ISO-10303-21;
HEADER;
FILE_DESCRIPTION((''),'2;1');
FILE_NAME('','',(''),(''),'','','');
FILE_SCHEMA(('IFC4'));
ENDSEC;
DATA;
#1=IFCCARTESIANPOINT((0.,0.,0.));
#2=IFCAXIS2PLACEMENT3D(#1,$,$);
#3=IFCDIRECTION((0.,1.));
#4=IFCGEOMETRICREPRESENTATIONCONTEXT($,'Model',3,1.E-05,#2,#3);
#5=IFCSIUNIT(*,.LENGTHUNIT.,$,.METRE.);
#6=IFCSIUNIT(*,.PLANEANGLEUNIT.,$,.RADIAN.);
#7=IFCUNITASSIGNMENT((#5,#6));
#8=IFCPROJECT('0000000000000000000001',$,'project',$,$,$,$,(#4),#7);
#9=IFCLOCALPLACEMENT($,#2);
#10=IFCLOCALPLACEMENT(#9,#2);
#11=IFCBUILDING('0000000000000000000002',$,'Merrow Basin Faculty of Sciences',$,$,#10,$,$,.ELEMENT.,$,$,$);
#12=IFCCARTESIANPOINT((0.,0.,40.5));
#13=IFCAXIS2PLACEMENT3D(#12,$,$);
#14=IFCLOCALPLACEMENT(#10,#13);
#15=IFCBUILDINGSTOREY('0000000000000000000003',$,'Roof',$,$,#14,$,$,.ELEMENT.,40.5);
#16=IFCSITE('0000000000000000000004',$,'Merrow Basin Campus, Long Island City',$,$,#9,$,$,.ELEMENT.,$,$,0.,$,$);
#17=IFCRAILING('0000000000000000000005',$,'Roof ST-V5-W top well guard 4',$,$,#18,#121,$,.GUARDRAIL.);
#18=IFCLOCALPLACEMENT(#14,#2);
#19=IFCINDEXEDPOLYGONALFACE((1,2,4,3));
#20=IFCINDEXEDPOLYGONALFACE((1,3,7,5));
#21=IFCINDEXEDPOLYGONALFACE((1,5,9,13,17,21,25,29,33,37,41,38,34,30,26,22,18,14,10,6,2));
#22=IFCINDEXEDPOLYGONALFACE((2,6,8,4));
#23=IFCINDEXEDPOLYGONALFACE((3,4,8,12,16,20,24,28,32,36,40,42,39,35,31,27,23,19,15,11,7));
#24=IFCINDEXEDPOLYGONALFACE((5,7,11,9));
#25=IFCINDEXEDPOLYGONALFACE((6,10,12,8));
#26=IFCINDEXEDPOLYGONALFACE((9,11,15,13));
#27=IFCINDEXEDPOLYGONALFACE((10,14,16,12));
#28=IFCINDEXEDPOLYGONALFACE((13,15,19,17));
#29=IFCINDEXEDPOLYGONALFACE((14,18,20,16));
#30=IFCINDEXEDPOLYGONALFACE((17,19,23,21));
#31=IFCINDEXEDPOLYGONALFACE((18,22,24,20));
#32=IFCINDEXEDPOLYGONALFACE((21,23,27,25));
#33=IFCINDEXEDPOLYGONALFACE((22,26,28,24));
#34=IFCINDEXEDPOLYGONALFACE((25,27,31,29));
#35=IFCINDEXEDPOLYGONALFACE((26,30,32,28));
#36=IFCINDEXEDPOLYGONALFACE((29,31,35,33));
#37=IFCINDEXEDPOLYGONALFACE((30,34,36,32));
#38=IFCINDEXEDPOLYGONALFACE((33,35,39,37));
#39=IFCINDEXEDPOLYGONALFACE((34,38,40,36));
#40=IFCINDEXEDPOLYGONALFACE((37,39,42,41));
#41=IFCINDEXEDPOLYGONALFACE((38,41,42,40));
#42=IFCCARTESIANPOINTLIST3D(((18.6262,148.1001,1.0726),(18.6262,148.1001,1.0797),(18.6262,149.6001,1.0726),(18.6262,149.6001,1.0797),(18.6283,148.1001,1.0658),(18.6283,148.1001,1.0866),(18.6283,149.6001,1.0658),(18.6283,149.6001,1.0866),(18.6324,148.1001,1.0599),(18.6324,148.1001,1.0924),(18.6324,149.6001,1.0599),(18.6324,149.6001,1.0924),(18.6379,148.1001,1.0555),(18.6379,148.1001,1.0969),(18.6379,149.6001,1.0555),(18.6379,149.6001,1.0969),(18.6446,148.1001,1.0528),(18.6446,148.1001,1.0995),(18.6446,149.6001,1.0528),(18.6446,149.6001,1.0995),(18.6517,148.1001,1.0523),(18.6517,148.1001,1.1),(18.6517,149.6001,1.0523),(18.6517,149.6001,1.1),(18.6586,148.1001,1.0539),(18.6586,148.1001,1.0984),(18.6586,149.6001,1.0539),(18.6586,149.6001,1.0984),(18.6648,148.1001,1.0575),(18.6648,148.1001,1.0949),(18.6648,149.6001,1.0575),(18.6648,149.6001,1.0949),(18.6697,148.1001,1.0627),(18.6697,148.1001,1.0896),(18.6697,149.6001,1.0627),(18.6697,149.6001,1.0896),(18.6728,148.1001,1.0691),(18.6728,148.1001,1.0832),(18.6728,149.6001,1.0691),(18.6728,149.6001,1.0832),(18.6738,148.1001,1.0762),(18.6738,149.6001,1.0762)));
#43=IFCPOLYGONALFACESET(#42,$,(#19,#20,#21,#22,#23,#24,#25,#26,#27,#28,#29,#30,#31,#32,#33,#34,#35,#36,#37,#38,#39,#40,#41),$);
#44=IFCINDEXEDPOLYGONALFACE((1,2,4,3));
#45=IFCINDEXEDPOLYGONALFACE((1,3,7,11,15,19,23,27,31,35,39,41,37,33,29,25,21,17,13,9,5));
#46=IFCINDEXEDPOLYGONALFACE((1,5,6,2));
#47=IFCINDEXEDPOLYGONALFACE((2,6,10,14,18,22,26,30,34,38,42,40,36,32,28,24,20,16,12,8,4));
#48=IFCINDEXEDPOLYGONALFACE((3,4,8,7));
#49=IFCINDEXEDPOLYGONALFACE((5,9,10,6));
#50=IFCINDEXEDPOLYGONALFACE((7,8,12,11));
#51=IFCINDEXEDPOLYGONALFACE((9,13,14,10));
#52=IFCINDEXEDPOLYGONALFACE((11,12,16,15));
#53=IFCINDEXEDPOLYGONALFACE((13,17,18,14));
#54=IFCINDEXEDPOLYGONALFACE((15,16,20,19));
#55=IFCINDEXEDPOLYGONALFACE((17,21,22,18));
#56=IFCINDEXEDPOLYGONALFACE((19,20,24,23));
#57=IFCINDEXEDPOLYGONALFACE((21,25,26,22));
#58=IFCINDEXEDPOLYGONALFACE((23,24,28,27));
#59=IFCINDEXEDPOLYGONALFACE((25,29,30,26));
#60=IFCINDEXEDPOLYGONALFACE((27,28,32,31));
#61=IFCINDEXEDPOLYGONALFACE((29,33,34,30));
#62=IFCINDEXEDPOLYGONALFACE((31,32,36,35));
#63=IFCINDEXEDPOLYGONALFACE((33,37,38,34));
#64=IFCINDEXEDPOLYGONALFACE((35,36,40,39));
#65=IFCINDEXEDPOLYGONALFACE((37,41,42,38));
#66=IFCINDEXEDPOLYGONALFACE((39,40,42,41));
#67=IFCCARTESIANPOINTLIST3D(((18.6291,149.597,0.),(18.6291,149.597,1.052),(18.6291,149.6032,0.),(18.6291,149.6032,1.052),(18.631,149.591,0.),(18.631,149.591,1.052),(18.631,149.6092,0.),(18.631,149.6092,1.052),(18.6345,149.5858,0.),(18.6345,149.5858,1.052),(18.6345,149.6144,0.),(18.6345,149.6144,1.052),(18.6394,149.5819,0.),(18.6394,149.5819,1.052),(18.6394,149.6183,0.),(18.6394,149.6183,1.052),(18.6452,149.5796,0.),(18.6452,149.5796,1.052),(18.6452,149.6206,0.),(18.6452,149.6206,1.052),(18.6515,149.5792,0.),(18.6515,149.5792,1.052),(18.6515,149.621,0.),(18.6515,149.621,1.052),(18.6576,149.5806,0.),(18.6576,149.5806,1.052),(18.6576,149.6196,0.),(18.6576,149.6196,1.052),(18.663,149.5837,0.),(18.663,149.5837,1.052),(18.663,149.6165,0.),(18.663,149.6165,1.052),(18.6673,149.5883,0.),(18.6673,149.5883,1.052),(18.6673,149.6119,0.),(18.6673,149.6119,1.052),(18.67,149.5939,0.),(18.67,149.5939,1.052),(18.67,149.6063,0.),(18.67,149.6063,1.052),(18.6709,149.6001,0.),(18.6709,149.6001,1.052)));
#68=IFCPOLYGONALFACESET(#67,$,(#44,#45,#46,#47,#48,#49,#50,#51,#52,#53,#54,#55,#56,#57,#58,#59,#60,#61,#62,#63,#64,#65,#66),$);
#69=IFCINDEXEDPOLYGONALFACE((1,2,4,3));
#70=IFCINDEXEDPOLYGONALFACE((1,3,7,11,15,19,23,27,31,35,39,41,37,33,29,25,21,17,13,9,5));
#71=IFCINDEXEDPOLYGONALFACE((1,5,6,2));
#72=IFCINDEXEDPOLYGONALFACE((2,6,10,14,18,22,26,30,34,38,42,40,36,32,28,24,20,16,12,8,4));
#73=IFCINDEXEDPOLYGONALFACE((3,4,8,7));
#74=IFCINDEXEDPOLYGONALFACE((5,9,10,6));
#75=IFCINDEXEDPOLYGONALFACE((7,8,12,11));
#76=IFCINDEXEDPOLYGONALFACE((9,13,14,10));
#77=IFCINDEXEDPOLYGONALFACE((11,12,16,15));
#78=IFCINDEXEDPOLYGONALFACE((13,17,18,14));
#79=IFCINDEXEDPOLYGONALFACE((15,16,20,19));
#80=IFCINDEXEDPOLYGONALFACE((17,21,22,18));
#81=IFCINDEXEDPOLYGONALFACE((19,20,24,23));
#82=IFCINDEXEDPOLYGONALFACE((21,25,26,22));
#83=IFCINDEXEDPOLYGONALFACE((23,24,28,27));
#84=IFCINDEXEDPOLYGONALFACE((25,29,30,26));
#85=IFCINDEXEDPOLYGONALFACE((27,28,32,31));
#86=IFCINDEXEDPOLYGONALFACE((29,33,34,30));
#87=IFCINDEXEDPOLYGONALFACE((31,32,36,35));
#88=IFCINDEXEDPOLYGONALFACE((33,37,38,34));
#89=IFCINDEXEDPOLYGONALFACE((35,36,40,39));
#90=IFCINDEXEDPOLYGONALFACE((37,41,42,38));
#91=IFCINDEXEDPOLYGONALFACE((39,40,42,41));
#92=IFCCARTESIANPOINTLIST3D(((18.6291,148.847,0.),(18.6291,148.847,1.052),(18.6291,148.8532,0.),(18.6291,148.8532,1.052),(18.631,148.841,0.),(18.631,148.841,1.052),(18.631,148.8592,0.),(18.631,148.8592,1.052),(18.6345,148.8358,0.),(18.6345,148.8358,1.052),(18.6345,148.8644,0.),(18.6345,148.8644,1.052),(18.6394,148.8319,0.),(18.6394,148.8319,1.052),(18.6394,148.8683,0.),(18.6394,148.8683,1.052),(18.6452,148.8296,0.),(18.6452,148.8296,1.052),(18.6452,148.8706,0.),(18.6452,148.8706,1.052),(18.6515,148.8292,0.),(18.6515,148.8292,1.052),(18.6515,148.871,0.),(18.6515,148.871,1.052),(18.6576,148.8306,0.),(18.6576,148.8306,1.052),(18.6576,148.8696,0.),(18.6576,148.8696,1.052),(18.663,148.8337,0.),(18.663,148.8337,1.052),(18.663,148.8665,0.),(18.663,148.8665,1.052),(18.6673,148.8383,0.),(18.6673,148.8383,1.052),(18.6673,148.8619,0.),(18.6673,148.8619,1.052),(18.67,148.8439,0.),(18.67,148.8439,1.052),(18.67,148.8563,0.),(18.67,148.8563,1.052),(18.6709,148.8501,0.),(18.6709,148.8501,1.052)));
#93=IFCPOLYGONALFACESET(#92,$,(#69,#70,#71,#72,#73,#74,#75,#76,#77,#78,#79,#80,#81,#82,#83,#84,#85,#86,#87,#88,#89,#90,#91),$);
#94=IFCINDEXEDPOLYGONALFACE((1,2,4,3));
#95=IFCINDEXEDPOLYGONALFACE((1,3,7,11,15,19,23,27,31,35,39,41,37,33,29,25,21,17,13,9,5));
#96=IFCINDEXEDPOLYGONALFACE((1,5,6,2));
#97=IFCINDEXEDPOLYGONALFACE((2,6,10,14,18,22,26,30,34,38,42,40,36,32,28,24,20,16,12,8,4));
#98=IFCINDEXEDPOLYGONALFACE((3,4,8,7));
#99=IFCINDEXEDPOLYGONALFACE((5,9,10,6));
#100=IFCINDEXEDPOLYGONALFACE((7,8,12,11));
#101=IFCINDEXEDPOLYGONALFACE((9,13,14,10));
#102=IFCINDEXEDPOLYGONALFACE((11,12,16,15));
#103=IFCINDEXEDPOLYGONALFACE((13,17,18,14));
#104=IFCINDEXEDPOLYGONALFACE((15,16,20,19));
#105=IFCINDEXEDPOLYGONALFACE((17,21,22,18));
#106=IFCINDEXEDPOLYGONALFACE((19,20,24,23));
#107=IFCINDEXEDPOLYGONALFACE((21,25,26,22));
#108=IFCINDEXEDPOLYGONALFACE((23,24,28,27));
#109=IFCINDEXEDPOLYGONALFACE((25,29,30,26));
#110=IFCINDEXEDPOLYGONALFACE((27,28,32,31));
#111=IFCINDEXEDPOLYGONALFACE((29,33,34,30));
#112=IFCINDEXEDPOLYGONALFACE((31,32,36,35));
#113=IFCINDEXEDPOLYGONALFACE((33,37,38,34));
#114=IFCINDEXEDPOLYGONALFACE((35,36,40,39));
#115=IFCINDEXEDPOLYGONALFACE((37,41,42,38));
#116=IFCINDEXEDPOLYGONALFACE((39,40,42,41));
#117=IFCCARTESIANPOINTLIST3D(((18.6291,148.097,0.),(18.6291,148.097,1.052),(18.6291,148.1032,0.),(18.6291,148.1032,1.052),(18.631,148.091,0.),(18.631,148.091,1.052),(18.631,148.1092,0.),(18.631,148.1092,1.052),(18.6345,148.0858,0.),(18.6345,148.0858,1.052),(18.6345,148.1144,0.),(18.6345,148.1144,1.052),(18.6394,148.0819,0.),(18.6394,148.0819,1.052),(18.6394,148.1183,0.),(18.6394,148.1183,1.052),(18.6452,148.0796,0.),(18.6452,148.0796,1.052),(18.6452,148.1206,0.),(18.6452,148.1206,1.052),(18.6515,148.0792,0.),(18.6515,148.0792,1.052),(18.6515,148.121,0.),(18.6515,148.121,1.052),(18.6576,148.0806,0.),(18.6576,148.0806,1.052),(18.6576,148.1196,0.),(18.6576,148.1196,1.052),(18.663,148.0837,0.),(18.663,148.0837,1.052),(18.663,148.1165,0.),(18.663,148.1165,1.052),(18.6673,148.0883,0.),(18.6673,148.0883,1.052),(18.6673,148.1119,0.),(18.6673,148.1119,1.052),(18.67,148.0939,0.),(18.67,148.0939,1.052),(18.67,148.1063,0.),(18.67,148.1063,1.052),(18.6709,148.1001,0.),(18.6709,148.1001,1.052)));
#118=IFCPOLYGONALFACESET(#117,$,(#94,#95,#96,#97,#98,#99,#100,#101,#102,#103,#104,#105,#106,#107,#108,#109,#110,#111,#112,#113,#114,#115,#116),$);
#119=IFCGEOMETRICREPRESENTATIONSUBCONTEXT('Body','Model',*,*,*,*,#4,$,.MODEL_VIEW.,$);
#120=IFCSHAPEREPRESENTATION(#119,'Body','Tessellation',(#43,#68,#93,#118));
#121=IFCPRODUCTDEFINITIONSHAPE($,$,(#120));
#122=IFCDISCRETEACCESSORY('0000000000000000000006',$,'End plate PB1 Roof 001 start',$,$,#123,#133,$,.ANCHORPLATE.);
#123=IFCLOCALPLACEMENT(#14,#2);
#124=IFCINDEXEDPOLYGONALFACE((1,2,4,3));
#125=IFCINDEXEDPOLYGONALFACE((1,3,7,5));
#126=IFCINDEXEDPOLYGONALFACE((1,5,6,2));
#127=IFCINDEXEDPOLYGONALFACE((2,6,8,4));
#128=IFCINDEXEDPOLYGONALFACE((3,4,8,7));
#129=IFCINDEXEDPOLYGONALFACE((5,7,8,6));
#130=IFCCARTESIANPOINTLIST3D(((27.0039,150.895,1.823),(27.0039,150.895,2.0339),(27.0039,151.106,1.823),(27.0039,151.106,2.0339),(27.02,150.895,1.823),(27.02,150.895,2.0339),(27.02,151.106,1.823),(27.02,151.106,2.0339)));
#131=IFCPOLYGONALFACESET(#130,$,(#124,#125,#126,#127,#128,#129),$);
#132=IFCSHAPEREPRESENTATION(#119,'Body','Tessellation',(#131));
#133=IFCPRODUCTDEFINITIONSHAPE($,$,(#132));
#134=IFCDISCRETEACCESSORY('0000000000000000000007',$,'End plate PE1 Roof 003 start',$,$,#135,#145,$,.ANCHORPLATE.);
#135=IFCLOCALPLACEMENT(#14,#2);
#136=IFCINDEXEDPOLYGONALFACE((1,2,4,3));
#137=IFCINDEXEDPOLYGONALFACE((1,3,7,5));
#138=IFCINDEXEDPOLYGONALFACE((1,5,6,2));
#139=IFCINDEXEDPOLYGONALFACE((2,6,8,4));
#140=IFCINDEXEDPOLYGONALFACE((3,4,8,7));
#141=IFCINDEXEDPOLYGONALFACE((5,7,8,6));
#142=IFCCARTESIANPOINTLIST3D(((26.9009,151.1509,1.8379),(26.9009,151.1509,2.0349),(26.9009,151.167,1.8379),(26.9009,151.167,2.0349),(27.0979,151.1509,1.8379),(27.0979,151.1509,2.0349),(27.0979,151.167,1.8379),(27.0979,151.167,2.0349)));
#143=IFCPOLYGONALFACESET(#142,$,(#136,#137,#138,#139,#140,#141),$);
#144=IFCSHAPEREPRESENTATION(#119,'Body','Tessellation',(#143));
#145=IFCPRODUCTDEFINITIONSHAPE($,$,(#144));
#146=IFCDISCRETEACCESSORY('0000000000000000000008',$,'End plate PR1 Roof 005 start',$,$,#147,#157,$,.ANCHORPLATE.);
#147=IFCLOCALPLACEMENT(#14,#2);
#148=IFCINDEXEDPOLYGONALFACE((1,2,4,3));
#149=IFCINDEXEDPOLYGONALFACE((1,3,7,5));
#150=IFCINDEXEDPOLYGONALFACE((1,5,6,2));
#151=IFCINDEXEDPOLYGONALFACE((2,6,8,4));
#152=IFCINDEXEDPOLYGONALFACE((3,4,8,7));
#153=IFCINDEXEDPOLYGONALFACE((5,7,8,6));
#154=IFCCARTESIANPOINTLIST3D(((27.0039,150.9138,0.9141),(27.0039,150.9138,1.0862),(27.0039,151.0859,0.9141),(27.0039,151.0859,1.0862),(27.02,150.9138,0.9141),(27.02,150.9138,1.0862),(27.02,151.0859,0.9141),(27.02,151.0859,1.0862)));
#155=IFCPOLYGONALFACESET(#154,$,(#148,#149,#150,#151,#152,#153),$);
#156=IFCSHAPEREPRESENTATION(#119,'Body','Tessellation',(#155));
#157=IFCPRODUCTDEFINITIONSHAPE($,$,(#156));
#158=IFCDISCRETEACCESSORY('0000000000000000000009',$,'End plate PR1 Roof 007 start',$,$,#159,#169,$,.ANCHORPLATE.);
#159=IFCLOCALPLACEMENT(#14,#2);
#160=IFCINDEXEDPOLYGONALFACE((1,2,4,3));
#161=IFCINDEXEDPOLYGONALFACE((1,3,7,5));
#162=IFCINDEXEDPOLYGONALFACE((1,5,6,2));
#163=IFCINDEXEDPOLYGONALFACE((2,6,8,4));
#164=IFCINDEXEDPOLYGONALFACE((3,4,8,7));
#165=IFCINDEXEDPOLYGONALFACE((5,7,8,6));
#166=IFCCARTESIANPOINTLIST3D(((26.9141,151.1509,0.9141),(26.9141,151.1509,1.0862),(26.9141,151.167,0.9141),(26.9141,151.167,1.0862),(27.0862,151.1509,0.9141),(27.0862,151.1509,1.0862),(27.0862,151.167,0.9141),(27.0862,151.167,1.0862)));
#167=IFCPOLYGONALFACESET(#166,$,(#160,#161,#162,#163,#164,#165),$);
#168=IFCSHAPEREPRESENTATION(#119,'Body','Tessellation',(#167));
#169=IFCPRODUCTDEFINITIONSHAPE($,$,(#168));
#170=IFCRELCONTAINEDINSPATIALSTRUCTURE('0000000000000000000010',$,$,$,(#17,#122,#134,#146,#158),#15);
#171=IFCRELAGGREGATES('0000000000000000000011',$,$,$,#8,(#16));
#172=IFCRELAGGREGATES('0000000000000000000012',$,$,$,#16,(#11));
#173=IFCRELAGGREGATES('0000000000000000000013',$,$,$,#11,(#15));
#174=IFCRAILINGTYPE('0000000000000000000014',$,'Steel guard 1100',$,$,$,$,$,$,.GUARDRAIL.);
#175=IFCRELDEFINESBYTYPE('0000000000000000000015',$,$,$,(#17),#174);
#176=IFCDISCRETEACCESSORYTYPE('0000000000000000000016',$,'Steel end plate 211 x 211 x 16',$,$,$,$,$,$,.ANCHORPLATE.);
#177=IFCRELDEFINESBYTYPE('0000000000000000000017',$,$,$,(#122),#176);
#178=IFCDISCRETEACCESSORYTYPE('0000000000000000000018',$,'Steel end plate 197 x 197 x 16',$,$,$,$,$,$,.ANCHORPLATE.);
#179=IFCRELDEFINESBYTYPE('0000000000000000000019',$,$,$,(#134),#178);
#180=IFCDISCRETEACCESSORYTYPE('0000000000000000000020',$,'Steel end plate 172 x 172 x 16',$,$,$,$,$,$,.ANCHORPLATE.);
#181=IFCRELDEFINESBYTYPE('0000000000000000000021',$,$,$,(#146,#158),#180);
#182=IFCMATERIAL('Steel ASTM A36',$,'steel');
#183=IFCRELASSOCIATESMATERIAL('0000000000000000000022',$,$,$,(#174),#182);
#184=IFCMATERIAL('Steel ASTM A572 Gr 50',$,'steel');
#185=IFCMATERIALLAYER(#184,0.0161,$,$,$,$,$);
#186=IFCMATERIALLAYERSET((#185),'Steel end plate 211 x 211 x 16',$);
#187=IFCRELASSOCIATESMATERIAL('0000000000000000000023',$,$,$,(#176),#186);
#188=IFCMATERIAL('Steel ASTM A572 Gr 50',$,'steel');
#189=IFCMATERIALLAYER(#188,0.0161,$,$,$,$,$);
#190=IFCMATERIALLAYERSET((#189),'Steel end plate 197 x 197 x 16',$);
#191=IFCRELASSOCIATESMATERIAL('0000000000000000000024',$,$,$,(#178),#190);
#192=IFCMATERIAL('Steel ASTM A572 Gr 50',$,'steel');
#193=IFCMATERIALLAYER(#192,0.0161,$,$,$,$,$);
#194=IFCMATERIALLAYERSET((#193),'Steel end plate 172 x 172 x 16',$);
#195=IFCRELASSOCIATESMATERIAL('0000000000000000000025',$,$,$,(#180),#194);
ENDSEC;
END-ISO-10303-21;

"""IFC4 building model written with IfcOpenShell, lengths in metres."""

from ifc_helpers import new_model, si_unit, direction, frame, origin, origin_2d, place, context, subcontext, project, spatial, polyline, circle, outline, extrude, source, transform, mapped, material, layer, layer_set, type_object, element, save


model = new_model("IFC4")

# Units and contexts
model_context = context("Model", 3, precision=1e-05, world=origin(), true_north=direction((0.0, 1.0)))
body_context = subcontext(model_context, "Body", "Model", "MODEL_VIEW")
ifc_project = project(units=[si_unit("LENGTHUNIT", "METRE"), si_unit("PLANEANGLEUNIT", "RADIAN")], contexts=[model_context])

# Site, building, storey
site_placement = place(None, origin())
site = spatial("IfcSite", under=ifc_project, at=site_placement, Name="Merrow Basin Campus, Long Island City", CompositionType="ELEMENT", RefElevation=0.0)
building_placement = place(site_placement, origin())
building = spatial("IfcBuilding", under=site, at=building_placement, Name="Merrow Basin Faculty of Sciences", CompositionType="ELEMENT")
storey_placement = place(building_placement, frame((0.0, 0.0, 40.5)))
storey = spatial("IfcBuildingStorey", under=building, at=storey_placement, Name="Roof", CompositionType="ELEMENT", Elevation=40.5)

# Railing
ifc_material_1 = material(Name="Steel ASTM A36", Category="steel")
railing_type = type_object("IfcRailingType", Name="Steel guard 1100", PredefinedType="GUARDRAIL", material=ifc_material_1)
railing_1_placement = place(storey_placement, frame((18.6499, 149.6001, 0.0)))
element("IfcRailing", 1, at=railing_1_placement, inside=storey, type_object=railing_type, Name="Roof ST-V5-W top well guard 4", PredefinedType="GUARDRAIL", context=body_context, shape_type="SweptSolid", body=[
    extrude(circle(Radius=0.0239, at=origin_2d()), frame((0.0, 0.0, 1.0762), z_axis=(0.0, -1.0, 0.0), x_axis=(1.0, 0.0, 0.0)), (0.0, 0.0, 1.0), 1.5),
    extrude(circle(Radius=0.021, at=origin_2d()), origin(), (0.0, 0.0, 1.0), 1.052),
    extrude(circle(Radius=0.021, at=origin_2d()), frame((0.0, -0.75, 0.0)), (0.0, 0.0, 1.0), 1.052),
    extrude(circle(Radius=0.021, at=origin_2d()), frame((0.0, -1.5, 0.0)), (0.0, 0.0, 1.0), 1.052),
])

# Discrete accessories
ifc_material_2 = material(Name="Steel ASTM A572 Gr 50", Category="steel")
ifc_layer_1 = layer(ifc_material_2, 0.0161)
ifc_layer_set_1 = layer_set([ifc_layer_1], Name="Steel end plate 211 x 211 x 16")
discrete_accessory_type_1 = type_object("IfcDiscreteAccessoryType", Name="Steel end plate 211 x 211 x 16", PredefinedType="ANCHORPLATE", material=ifc_layer_set_1)
shared_shape_1 = source(origin(), body_context, "Body", "SweptSolid", [
    extrude(outline(polyline([(0.0, 0.0), (0.2109, 0.0), (0.2109, 0.2109), (0.0, 0.2109), (0.0, 0.0)])), origin(), (0.0, 0.0, 1.0), 0.0161),
])
discrete_accessory_1_placement = place(storey_placement, frame((27.02, 151.106, 1.823), z_axis=(-1.0, 0.0, 0.0), x_axis=(0.0, -1.0, 0.0)))
element("IfcDiscreteAccessory", 2, at=discrete_accessory_1_placement, inside=storey, type_object=discrete_accessory_type_1, Name="End plate PB1 Roof 001 start", PredefinedType="ANCHORPLATE", context=body_context, shape_type="MappedRepresentation", body=[
    mapped(shared_shape_1, transform((0.0, 0.0, 0.0), scale=1.0)),
])
ifc_material_3 = material(Name="Steel ASTM A572 Gr 50", Category="steel")
ifc_layer_2 = layer(ifc_material_3, 0.0161)
ifc_layer_set_2 = layer_set([ifc_layer_2], Name="Steel end plate 197 x 197 x 16")
discrete_accessory_type_2 = type_object("IfcDiscreteAccessoryType", Name="Steel end plate 197 x 197 x 16", PredefinedType="ANCHORPLATE", material=ifc_layer_set_2)
shared_shape_2 = source(origin(), body_context, "Body", "SweptSolid", [
    extrude(outline(polyline([(0.0, 0.0), (0.197, 0.0), (0.197, 0.197), (0.0, 0.197), (0.0, 0.0)])), origin(), (0.0, 0.0, 1.0), 0.0161),
])
discrete_accessory_2_placement = place(storey_placement, frame((26.9009, 151.167, 1.8379), z_axis=(0.0, -1.0, 0.0), x_axis=(1.0, 0.0, 0.0)))
element("IfcDiscreteAccessory", 3, at=discrete_accessory_2_placement, inside=storey, type_object=discrete_accessory_type_2, Name="End plate PE1 Roof 003 start", PredefinedType="ANCHORPLATE", context=body_context, shape_type="MappedRepresentation", body=[
    mapped(shared_shape_2, transform((0.0, 0.0, 0.0), scale=1.0)),
])
ifc_material_4 = material(Name="Steel ASTM A572 Gr 50", Category="steel")
ifc_layer_3 = layer(ifc_material_4, 0.0161)
ifc_layer_set_3 = layer_set([ifc_layer_3], Name="Steel end plate 172 x 172 x 16")
discrete_accessory_type_3 = type_object("IfcDiscreteAccessoryType", Name="Steel end plate 172 x 172 x 16", PredefinedType="ANCHORPLATE", material=ifc_layer_set_3)
shared_shape_3 = source(origin(), body_context, "Body", "SweptSolid", [
    extrude(outline(polyline([(0.0, 0.0), (0.1721, 0.0), (0.1721, 0.1721), (0.0, 0.1721), (0.0, 0.0)])), origin(), (0.0, 0.0, 1.0), 0.0161),
])
for number, where, z_axis, x_axis, name in (
    (4, (27.02, 151.0859, 0.9141), (-1.0, 0.0, 0.0), (0.0, -1.0, 0.0), "End plate PR1 Roof 005 start"),
    (5, (26.9141, 151.167, 0.9141), (0.0, -1.0, 0.0), (1.0, 0.0, 0.0), "End plate PR1 Roof 007 start"),
):
    element("IfcDiscreteAccessory", number, at=place(storey_placement, frame(where, z_axis=z_axis, x_axis=x_axis)), inside=storey, type_object=discrete_accessory_type_3, Name=name, PredefinedType="ANCHORPLATE", context=body_context, shape_type="MappedRepresentation", body=[
        mapped(shared_shape_3, transform((0.0, 0.0, 0.0), scale=1.0)),
    ])

save(model, "model.ifc")
